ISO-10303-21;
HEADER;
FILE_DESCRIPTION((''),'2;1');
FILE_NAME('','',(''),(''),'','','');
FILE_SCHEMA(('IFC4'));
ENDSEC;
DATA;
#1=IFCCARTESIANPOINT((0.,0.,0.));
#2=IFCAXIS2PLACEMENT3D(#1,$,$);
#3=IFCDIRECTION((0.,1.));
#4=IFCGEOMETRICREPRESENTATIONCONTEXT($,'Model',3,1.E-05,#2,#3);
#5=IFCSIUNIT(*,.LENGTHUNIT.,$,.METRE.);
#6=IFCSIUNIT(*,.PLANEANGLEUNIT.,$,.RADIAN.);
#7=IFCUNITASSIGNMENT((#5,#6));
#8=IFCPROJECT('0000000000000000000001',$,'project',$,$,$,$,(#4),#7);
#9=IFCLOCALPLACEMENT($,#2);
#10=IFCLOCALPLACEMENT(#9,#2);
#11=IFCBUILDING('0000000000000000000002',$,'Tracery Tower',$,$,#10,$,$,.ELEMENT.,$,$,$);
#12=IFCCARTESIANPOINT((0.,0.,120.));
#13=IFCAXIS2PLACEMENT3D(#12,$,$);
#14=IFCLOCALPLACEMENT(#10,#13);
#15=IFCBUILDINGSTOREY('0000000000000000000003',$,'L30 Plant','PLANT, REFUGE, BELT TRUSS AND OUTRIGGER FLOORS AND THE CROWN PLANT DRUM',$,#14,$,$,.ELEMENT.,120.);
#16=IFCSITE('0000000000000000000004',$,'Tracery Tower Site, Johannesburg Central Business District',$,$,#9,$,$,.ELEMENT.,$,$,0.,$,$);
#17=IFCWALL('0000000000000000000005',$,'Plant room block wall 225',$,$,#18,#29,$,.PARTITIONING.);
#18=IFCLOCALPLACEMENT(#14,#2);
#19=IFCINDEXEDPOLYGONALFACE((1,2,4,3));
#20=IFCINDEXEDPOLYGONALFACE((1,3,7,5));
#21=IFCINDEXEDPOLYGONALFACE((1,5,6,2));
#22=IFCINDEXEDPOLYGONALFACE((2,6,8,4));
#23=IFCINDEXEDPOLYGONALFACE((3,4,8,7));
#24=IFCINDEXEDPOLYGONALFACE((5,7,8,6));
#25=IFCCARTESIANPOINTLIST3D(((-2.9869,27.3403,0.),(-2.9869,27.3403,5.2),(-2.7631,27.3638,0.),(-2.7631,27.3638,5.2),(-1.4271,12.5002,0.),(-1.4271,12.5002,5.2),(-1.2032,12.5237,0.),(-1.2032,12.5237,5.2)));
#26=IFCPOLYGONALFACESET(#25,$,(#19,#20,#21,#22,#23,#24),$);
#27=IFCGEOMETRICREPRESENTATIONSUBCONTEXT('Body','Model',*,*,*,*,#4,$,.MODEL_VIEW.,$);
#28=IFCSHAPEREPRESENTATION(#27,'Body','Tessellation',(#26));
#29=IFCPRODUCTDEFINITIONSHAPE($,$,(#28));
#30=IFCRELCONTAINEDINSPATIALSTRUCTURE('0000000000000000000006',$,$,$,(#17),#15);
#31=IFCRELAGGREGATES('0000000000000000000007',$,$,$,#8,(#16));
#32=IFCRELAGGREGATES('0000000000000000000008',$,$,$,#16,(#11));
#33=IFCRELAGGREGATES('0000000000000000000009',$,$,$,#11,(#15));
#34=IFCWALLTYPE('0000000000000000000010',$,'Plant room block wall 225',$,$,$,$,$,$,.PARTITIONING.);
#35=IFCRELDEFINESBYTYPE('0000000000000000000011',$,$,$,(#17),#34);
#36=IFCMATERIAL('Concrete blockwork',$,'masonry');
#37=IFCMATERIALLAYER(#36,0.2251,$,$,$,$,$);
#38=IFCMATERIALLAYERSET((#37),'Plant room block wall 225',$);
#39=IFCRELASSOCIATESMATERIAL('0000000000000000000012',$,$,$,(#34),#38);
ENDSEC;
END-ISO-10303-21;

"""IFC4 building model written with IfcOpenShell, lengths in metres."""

from ifc_helpers import new_model, si_unit, direction, frame, frame_2d, origin, place, context, subcontext, project, spatial, rectangle, extrude, material, layer, layer_set, type_object, element, save


model = new_model("IFC4")

# Units and contexts
model_context = context("Model", 3, precision=1e-05, world=origin(), true_north=direction((0.0, 1.0)))
body_context = subcontext(model_context, "Body", "Model", "MODEL_VIEW")
ifc_project = project(units=[si_unit("LENGTHUNIT", "METRE"), si_unit("PLANEANGLEUNIT", "RADIAN")], contexts=[model_context])

# Site, building, storey
site_placement = place(None, origin())
site = spatial("IfcSite", under=ifc_project, at=site_placement, Name="Tracery Tower Site, Johannesburg Central Business District", CompositionType="ELEMENT", RefElevation=0.0)
building_placement = place(site_placement, origin())
building = spatial("IfcBuilding", under=site, at=building_placement, Name="Tracery Tower", CompositionType="ELEMENT")
storey_placement = place(building_placement, frame((0.0, 0.0, 120.0)))
storey = spatial("IfcBuildingStorey", under=building, at=storey_placement, Name="L30 Plant", Description="PLANT, REFUGE, BELT TRUSS AND OUTRIGGER FLOORS AND THE CROWN PLANT DRUM", CompositionType="ELEMENT", Elevation=120.0)

# Wall
ifc_material_1 = material(Name="Concrete blockwork", Category="masonry")
ifc_layer_1 = layer(ifc_material_1, 0.2251)
ifc_layer_set_1 = layer_set([ifc_layer_1], Name="Plant room block wall 225")
wall_type_1 = type_object("IfcWallType", Name="Plant room block wall 225", PredefinedType="PARTITIONING", material=ifc_layer_set_1)
wall_1_placement = place(storey_placement, frame((-2.875, 27.3521, 0.0), z_axis=(0.0, 0.0, 1.0), x_axis=(0.104532, -0.994521, 0.0)))
element("IfcWall", 1, at=wall_1_placement, inside=storey, type_object=wall_type_1, Name="Plant room block wall 225", PredefinedType="PARTITIONING", context=body_context, shape_type="SweptSolid", body=[
    extrude(rectangle(XDim=14.9219, YDim=0.2251, at=frame_2d((7.4609, 0.0))), origin(), (0.0, 0.0, 1.0), 5.2),
])

save(model, "model.ifc")
